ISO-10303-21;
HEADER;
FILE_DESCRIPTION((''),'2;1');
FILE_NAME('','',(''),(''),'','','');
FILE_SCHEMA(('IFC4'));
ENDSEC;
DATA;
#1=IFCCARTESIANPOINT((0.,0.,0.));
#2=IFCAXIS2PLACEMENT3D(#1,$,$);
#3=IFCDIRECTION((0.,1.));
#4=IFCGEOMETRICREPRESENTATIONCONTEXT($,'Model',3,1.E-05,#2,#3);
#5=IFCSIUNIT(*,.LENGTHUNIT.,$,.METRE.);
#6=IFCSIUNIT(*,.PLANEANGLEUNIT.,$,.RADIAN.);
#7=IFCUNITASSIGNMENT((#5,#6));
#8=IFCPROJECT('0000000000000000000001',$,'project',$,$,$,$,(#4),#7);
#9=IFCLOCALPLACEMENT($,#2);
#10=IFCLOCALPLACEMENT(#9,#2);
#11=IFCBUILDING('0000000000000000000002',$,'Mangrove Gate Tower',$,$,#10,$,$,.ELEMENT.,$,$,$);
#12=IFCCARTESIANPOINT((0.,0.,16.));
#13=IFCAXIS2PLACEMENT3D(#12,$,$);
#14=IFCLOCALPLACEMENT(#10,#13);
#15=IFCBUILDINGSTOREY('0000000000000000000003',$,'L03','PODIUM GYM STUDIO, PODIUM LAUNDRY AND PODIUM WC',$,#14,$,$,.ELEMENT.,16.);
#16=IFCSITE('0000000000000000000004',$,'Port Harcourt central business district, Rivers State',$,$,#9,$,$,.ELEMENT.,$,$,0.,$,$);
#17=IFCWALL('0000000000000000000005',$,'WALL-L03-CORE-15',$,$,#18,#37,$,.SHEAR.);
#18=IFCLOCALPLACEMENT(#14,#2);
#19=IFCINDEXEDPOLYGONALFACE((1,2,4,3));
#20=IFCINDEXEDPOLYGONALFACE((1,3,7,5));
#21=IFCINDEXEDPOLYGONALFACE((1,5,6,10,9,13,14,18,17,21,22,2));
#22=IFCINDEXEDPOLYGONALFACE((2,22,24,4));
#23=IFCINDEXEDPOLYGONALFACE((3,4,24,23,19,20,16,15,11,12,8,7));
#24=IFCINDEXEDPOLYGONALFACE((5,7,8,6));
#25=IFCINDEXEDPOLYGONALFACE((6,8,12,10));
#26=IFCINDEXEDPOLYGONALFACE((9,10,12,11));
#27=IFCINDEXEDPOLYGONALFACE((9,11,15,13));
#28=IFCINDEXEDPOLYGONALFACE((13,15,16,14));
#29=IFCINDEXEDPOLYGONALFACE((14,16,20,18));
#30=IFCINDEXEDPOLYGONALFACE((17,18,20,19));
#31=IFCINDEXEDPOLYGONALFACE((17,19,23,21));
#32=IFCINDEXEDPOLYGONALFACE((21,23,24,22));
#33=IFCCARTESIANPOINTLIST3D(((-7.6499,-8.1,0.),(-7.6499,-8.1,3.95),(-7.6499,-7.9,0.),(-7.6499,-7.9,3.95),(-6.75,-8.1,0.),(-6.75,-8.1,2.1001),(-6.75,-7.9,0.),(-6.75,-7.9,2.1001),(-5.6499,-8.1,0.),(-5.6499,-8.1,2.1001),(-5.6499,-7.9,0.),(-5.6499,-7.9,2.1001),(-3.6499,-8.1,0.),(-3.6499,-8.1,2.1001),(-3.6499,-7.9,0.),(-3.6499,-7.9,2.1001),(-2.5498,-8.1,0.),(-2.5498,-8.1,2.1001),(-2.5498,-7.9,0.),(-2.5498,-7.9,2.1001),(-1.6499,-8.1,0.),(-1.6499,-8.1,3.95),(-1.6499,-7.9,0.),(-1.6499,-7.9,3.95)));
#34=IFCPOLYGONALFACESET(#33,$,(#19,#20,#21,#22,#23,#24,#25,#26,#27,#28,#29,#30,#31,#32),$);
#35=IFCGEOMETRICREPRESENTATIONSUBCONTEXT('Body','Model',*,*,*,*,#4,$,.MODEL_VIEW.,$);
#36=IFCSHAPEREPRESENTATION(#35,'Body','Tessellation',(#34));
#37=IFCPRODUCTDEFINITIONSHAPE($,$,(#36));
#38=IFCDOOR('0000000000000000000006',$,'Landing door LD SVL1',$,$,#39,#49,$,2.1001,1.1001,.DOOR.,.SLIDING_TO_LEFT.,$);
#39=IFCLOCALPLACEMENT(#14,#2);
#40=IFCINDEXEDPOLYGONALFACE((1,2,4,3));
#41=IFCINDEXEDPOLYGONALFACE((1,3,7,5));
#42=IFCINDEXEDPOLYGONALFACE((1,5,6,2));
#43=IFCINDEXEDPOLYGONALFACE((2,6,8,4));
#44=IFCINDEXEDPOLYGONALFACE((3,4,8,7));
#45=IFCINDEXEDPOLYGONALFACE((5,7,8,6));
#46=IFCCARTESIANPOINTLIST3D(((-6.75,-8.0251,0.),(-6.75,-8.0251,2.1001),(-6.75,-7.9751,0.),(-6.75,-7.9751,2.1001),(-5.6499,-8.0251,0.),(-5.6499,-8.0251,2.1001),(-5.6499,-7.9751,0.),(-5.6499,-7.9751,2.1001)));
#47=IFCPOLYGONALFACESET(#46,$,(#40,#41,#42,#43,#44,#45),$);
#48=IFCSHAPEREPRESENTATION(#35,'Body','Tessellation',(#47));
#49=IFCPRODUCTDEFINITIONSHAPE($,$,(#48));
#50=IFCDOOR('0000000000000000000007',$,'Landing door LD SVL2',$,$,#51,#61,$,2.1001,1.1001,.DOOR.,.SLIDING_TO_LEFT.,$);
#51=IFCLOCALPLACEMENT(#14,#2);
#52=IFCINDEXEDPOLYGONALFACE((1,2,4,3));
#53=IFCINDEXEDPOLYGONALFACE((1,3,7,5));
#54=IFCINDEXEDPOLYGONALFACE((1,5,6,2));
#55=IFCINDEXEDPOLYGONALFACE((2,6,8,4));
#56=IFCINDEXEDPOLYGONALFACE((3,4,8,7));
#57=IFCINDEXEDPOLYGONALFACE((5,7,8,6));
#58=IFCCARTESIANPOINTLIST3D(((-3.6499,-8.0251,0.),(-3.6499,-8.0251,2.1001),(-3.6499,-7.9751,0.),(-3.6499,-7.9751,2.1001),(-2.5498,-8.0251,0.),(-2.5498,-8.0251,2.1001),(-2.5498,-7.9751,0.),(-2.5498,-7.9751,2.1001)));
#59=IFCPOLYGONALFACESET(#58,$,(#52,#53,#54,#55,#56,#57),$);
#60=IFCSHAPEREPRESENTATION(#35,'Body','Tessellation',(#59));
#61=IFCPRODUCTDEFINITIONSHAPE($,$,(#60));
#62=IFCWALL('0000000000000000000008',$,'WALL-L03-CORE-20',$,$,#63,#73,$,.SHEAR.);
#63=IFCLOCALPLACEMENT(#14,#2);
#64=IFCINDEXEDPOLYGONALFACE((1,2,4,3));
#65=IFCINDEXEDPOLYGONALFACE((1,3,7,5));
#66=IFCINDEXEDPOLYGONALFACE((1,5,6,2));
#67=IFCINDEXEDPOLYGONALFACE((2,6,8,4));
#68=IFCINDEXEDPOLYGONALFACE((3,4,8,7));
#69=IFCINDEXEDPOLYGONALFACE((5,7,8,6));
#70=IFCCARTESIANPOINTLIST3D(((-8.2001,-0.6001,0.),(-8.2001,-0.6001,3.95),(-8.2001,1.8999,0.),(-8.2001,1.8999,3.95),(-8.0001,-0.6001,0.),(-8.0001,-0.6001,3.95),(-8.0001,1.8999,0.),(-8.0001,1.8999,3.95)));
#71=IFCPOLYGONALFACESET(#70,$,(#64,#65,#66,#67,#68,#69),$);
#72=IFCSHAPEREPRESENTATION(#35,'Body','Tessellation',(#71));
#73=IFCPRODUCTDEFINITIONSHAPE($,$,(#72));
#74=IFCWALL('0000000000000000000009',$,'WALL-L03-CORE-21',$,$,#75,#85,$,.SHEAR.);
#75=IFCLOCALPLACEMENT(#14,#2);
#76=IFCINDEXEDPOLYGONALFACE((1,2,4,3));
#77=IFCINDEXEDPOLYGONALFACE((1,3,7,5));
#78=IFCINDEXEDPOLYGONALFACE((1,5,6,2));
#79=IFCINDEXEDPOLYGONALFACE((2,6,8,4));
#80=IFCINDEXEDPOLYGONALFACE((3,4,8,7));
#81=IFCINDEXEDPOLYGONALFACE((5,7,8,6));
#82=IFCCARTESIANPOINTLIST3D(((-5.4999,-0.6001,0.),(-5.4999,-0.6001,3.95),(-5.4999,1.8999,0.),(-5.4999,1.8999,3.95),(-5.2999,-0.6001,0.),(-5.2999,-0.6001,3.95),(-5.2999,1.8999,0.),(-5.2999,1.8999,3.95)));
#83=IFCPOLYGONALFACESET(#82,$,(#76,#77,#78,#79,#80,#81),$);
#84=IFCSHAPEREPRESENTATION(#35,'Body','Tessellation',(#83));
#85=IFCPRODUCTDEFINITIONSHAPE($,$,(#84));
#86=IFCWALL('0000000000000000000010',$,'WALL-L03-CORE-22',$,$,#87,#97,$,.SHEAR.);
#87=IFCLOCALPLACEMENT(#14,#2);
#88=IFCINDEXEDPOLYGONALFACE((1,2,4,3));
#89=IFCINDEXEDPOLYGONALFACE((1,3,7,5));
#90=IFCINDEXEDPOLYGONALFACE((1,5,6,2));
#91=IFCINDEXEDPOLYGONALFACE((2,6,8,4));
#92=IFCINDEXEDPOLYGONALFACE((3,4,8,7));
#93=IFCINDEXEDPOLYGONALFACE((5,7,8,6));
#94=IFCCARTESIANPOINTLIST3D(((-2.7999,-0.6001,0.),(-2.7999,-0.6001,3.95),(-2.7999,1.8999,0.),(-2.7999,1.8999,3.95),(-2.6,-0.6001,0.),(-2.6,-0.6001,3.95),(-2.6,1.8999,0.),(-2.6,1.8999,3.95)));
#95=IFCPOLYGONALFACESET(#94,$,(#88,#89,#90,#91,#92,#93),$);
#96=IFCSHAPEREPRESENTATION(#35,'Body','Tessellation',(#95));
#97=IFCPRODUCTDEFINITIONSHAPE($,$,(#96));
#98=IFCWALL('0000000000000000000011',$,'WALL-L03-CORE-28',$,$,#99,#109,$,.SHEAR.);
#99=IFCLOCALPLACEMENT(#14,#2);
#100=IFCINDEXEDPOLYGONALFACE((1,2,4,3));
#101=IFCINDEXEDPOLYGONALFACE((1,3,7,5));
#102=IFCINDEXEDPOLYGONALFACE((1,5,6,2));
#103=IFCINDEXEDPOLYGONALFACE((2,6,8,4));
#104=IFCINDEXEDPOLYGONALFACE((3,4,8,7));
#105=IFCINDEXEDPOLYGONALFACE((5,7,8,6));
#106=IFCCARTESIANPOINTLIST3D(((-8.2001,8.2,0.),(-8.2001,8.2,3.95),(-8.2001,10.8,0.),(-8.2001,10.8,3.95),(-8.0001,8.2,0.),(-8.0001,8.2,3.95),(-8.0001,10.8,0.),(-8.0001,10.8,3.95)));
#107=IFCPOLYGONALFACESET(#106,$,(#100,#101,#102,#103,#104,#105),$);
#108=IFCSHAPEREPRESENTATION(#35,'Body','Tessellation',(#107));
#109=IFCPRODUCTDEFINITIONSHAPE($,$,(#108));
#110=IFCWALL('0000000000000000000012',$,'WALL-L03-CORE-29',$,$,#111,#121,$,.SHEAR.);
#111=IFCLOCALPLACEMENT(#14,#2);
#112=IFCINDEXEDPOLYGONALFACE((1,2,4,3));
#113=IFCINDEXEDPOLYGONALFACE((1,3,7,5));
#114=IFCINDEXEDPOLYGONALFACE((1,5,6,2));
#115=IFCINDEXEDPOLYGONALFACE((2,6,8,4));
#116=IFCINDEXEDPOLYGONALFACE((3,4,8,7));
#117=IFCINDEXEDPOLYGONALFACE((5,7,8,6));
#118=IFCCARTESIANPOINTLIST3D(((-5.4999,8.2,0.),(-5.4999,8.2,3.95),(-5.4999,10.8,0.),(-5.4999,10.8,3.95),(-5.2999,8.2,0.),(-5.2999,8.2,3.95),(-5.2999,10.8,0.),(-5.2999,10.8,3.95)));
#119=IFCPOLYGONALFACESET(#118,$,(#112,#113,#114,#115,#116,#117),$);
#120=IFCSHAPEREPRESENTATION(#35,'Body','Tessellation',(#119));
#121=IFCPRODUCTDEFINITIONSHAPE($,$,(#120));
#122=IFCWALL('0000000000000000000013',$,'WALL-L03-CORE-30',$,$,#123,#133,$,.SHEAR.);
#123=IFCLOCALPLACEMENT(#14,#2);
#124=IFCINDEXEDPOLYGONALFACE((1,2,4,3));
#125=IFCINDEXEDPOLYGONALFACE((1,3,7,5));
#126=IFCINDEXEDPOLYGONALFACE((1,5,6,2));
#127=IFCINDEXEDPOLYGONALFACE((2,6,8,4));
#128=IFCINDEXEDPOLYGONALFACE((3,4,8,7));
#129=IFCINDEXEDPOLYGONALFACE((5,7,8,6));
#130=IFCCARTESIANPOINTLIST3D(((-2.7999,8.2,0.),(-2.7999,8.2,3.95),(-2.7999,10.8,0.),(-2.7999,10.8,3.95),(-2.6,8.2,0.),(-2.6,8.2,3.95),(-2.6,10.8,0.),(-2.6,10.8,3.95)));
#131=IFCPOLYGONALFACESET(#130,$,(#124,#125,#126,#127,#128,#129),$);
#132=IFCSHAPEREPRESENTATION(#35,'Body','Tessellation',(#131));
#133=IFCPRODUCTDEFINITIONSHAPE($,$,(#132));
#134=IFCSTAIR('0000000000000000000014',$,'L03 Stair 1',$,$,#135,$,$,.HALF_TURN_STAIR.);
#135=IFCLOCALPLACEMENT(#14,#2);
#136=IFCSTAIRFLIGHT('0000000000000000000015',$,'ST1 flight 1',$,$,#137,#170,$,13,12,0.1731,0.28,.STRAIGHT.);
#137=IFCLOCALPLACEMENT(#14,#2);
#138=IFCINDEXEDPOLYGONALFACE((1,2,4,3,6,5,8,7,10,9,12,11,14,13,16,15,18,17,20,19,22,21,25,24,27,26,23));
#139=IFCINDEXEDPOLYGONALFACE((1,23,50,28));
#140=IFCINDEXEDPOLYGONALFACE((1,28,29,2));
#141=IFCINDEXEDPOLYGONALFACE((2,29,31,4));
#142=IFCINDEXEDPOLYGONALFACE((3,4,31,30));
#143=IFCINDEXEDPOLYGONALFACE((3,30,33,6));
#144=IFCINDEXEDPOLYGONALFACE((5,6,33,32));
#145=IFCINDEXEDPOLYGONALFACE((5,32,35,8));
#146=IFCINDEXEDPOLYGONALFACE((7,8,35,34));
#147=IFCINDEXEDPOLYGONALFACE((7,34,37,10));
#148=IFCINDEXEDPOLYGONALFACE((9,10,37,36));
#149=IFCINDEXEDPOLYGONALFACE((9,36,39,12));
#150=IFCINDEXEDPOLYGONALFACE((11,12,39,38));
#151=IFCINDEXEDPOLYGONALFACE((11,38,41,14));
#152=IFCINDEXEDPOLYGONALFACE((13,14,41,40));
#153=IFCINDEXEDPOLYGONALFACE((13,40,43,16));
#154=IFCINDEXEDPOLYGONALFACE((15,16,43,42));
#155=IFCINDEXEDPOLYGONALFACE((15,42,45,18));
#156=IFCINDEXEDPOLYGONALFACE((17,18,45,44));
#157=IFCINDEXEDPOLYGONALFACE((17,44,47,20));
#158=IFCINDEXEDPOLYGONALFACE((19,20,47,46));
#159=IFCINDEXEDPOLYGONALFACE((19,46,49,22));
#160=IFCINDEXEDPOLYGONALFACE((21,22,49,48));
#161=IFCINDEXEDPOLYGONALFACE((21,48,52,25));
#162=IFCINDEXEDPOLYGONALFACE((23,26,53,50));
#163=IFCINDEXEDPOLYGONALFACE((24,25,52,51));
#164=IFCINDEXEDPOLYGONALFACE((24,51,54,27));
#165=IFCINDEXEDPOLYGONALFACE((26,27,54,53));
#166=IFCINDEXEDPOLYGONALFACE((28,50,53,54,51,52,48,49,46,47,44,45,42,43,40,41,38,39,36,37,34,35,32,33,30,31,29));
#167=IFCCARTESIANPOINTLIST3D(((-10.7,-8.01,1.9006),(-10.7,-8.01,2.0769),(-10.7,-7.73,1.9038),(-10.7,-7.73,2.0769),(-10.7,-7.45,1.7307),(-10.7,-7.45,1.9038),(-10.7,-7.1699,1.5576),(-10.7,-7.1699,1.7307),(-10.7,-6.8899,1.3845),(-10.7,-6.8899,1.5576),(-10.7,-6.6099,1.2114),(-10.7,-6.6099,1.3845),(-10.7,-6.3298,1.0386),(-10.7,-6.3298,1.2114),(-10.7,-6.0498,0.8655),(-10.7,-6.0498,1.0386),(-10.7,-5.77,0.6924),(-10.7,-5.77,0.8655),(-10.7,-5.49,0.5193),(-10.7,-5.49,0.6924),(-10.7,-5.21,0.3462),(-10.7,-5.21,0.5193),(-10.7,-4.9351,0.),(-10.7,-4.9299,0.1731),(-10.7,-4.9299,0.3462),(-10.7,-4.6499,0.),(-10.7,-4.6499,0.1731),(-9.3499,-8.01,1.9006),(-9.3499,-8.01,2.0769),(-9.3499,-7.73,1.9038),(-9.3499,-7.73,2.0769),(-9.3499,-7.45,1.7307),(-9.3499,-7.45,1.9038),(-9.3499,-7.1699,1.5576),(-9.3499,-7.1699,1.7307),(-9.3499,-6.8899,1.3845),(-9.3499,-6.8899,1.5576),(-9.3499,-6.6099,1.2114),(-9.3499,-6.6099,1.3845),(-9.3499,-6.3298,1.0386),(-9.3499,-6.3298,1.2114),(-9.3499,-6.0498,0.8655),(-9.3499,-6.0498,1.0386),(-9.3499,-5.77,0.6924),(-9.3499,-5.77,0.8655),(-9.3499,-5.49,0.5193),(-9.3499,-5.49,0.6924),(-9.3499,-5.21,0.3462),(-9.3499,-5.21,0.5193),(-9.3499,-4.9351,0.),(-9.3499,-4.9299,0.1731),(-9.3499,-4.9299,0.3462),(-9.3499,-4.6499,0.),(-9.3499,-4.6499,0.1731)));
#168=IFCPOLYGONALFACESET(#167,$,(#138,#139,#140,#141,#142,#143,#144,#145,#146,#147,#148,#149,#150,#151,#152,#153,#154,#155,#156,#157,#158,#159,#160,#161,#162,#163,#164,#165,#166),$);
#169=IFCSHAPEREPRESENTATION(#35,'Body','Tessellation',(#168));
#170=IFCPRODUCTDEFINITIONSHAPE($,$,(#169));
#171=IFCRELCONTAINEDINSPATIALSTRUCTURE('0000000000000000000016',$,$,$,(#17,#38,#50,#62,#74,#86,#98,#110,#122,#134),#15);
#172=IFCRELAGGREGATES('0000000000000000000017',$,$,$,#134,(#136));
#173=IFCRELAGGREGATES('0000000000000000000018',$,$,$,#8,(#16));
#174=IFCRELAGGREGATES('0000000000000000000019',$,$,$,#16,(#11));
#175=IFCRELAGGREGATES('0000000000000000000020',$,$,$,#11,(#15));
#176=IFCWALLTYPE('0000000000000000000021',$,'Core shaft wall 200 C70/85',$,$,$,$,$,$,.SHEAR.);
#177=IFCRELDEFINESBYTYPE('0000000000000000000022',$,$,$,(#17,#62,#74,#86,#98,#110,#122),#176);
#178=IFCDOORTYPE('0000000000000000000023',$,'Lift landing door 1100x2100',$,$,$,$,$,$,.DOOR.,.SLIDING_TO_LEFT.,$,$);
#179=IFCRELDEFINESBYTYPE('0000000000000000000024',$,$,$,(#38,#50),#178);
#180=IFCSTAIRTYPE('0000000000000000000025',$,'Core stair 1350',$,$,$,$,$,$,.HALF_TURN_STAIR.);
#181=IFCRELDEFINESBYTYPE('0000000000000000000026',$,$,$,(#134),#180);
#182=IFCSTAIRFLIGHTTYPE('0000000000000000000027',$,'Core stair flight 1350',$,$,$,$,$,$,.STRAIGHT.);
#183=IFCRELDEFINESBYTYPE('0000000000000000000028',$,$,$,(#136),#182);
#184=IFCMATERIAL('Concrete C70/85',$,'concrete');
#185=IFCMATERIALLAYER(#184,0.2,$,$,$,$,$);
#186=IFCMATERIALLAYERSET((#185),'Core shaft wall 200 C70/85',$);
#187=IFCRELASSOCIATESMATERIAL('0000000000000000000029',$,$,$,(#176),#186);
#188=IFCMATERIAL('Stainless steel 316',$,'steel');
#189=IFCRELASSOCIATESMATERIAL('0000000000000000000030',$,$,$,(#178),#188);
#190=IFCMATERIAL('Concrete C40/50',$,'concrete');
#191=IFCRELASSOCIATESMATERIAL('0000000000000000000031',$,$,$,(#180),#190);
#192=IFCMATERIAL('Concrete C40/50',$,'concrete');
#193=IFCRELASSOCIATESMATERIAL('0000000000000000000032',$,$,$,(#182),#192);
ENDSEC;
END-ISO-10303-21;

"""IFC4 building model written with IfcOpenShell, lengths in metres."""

from ifc_helpers import new_model, si_unit, direction, frame, frame_2d, origin, place, context, subcontext, project, spatial, polyline, rectangle, outline, extrude, material, layer, layer_set, type_object, element, fill, aggregate, save


model = new_model("IFC4")

# Units and contexts
model_context = context("Model", 3, precision=1e-05, world=origin(), true_north=direction((0.0, 1.0)))
body_context = subcontext(model_context, "Body", "Model", "MODEL_VIEW")
ifc_project = project(units=[si_unit("LENGTHUNIT", "METRE"), si_unit("PLANEANGLEUNIT", "RADIAN")], contexts=[model_context])

# Site, building, storey
site_placement = place(None, origin())
site = spatial("IfcSite", under=ifc_project, at=site_placement, Name="Port Harcourt central business district, Rivers State", CompositionType="ELEMENT", RefElevation=0.0)
building_placement = place(site_placement, origin())
building = spatial("IfcBuilding", under=site, at=building_placement, Name="Mangrove Gate Tower", CompositionType="ELEMENT")
storey_placement = place(building_placement, frame((0.0, 0.0, 16.0)))
storey = spatial("IfcBuildingStorey", under=building, at=storey_placement, Name="L03", Description="PODIUM GYM STUDIO, PODIUM LAUNDRY AND PODIUM WC", CompositionType="ELEMENT", Elevation=16.0)

# Wall, openings, doors
ifc_material_1 = material(Name="Concrete C70/85", Category="concrete")
ifc_layer = layer(ifc_material_1, 0.2)
ifc_layer_set = layer_set([ifc_layer], Name="Core shaft wall 200 C70/85")
wall_type = type_object("IfcWallType", Name="Core shaft wall 200 C70/85", PredefinedType="SHEAR", material=ifc_layer_set)
wall_placement = place(storey_placement, frame((-7.6499, -8.0, 0.0), z_axis=(0.0, 0.0, 1.0), x_axis=(1.0, 0.0, 0.0)))
wall = element("IfcWall", 1, at=wall_placement, inside=storey, type_object=wall_type, Name="WALL-L03-CORE-15", PredefinedType="SHEAR", context=body_context, shape_type="SweptSolid", body=[
    extrude(rectangle(XDim=6.0, YDim=0.2, at=frame_2d((3.0, 0.0))), origin(), (0.0, 0.0, 1.0), 3.95),
])
opening_1_placement = place(wall_placement, frame((0.8999, 0.0, 0.0)))
opening_1 = element("IfcOpeningElement", 2, at=opening_1_placement, cuts=wall, PredefinedType="OPENING", context=body_context, shape_type="SweptSolid", body=[
    extrude(rectangle(XDim=1.1001, YDim=2.1001, at=frame_2d((0.55, 1.05))), frame((0.0, 0.1099, 0.0), z_axis=(0.0, -1.0, 0.0), x_axis=(1.0, 0.0, 0.0)), (0.0, 0.0, 1.0), 0.22),
])
opening_2_placement = place(wall_placement, frame((4.0, 0.0, 0.0)))
opening_2 = element("IfcOpeningElement", 3, at=opening_2_placement, cuts=wall, PredefinedType="OPENING", context=body_context, shape_type="SweptSolid", body=[
    extrude(rectangle(XDim=1.1001, YDim=2.1001, at=frame_2d((0.55, 1.05))), frame((0.0, 0.1099, 0.0), z_axis=(0.0, -1.0, 0.0), x_axis=(1.0, 0.0, 0.0)), (0.0, 0.0, 1.0), 0.22),
])
ifc_material_2 = material(Name="Stainless steel 316", Category="steel")
door_type = type_object("IfcDoorType", Name="Lift landing door 1100x2100", OperationType="SLIDING_TO_LEFT", PredefinedType="DOOR", material=ifc_material_2)
door_1_placement = place(opening_1_placement, origin())
door_1 = element("IfcDoor", 4, at=door_1_placement, inside=storey, type_object=door_type, Name="Landing door LD SVL1", OperationType="SLIDING_TO_LEFT", OverallHeight=2.1001, OverallWidth=1.1001, PredefinedType="DOOR", context=body_context, shape_type="SweptSolid", body=[
    extrude(rectangle(XDim=1.1001, YDim=2.1001, at=frame_2d((0.55, 1.05))), frame((0.0, 0.0249, 0.0), z_axis=(0.0, -1.0, 0.0), x_axis=(1.0, 0.0, 0.0)), (0.0, 0.0, 1.0), 0.05),
])
fill(opening_1, door_1)
door_2_placement = place(opening_2_placement, origin())
door_2 = element("IfcDoor", 5, at=door_2_placement, inside=storey, type_object=door_type, Name="Landing door LD SVL2", OperationType="SLIDING_TO_LEFT", OverallHeight=2.1001, OverallWidth=1.1001, PredefinedType="DOOR", context=body_context, shape_type="SweptSolid", body=[
    extrude(rectangle(XDim=1.1001, YDim=2.1001, at=frame_2d((0.55, 1.05))), frame((0.0, 0.0249, 0.0), z_axis=(0.0, -1.0, 0.0), x_axis=(1.0, 0.0, 0.0)), (0.0, 0.0, 1.0), 0.05),
])
fill(opening_2, door_2)

# Walls
for number, where, z_axis, x_axis, name in (
    (6, (-8.1001, -0.6001, 0.0), (0.0, 0.0, 1.0), (0.0, 1.0, 0.0), "WALL-L03-CORE-20"),
    (7, (-5.3999, -0.6001, 0.0), (0.0, 0.0, 1.0), (0.0, 1.0, 0.0), "WALL-L03-CORE-21"),
    (8, (-2.7, -0.6001, 0.0), (0.0, 0.0, 1.0), (0.0, 1.0, 0.0), "WALL-L03-CORE-22"),
):
    element("IfcWall", number, at=place(storey_placement, frame(where, z_axis=z_axis, x_axis=x_axis)), inside=storey, type_object=wall_type, Name=name, PredefinedType="SHEAR", context=body_context, shape_type="SweptSolid", body=[
        extrude(rectangle(XDim=2.5, YDim=0.2, at=frame_2d((1.25, 0.0))), origin(), (0.0, 0.0, 1.0), 3.95),
    ])
for number, where, z_axis, x_axis, name in (
    (9, (-8.1001, 8.2, 0.0), (0.0, 0.0, 1.0), (0.0, 1.0, 0.0), "WALL-L03-CORE-28"),
    (10, (-5.3999, 8.2, 0.0), (0.0, 0.0, 1.0), (0.0, 1.0, 0.0), "WALL-L03-CORE-29"),
    (11, (-2.7, 8.2, 0.0), (0.0, 0.0, 1.0), (0.0, 1.0, 0.0), "WALL-L03-CORE-30"),
):
    element("IfcWall", number, at=place(storey_placement, frame(where, z_axis=z_axis, x_axis=x_axis)), inside=storey, type_object=wall_type, Name=name, PredefinedType="SHEAR", context=body_context, shape_type="SweptSolid", body=[
        extrude(rectangle(XDim=2.6001, YDim=0.2, at=frame_2d((1.3, 0.0))), origin(), (0.0, 0.0, 1.0), 3.95),
    ])

# Stair, stair flight
ifc_material_3 = material(Name="Concrete C40/50", Category="concrete")
stair_type = type_object("IfcStairType", Name="Core stair 1350", PredefinedType="HALF_TURN_STAIR", material=ifc_material_3)
stair_1_placement = place(storey_placement, origin())
stair_1 = element("IfcStair", 12, at=stair_1_placement, inside=storey, type_object=stair_type, Name="L03 Stair 1", PredefinedType="HALF_TURN_STAIR")
ifc_material_4 = material(Name="Concrete C40/50", Category="concrete")
stair_flight_type = type_object("IfcStairFlightType", Name="Core stair flight 1350", PredefinedType="STRAIGHT", material=ifc_material_4)
stair_flight_1_placement = place(storey_placement, frame((-10.0249, -4.6499, 0.0), z_axis=(0.0, 0.0, 1.0), x_axis=(0.0, -1.0, 0.0)))
stair_flight_1 = element("IfcStairFlight", 13, at=stair_flight_1_placement, type_object=stair_flight_type, Name="ST1 flight 1", NumberOfRisers=13, NumberOfTreads=12, PredefinedType="STRAIGHT", RiserHeight=0.1731, TreadLength=0.28, context=body_context, shape_type="SweptSolid", body=[
    extrude(outline(polyline([(0.0, 0.0), (0.0, 0.1731), (0.28, 0.1731), (0.28, 0.3462), (0.5601, 0.3462), (0.5601, 0.5193), (0.8401, 0.5193), (0.8401, 0.6924), (1.1201, 0.6924), (1.1201, 0.8655), (1.3999, 0.8655), (1.3999, 1.0386), (1.6799, 1.0386), (1.6799, 1.2114), (1.96, 1.2114), (1.96, 1.3845), (2.24, 1.3845), (2.24, 1.5576), (2.52, 1.5576), (2.52, 1.7307), (2.8, 1.7307), (2.8, 1.9038), (3.0801, 1.9038), (3.0801, 2.0769), (3.3601, 2.0769), (3.3601, 2.25), (3.3601, 1.9006), (0.2852, 0.0), (0.0, 0.0)])), frame((0.0, 0.675, 0.0), z_axis=(0.0, -1.0, 0.0), x_axis=(1.0, 0.0, 0.0)), (0.0, 0.0, 1.0), 1.3501),
])
aggregate(stair_1, [stair_flight_1])

save(model, "model.ifc")
